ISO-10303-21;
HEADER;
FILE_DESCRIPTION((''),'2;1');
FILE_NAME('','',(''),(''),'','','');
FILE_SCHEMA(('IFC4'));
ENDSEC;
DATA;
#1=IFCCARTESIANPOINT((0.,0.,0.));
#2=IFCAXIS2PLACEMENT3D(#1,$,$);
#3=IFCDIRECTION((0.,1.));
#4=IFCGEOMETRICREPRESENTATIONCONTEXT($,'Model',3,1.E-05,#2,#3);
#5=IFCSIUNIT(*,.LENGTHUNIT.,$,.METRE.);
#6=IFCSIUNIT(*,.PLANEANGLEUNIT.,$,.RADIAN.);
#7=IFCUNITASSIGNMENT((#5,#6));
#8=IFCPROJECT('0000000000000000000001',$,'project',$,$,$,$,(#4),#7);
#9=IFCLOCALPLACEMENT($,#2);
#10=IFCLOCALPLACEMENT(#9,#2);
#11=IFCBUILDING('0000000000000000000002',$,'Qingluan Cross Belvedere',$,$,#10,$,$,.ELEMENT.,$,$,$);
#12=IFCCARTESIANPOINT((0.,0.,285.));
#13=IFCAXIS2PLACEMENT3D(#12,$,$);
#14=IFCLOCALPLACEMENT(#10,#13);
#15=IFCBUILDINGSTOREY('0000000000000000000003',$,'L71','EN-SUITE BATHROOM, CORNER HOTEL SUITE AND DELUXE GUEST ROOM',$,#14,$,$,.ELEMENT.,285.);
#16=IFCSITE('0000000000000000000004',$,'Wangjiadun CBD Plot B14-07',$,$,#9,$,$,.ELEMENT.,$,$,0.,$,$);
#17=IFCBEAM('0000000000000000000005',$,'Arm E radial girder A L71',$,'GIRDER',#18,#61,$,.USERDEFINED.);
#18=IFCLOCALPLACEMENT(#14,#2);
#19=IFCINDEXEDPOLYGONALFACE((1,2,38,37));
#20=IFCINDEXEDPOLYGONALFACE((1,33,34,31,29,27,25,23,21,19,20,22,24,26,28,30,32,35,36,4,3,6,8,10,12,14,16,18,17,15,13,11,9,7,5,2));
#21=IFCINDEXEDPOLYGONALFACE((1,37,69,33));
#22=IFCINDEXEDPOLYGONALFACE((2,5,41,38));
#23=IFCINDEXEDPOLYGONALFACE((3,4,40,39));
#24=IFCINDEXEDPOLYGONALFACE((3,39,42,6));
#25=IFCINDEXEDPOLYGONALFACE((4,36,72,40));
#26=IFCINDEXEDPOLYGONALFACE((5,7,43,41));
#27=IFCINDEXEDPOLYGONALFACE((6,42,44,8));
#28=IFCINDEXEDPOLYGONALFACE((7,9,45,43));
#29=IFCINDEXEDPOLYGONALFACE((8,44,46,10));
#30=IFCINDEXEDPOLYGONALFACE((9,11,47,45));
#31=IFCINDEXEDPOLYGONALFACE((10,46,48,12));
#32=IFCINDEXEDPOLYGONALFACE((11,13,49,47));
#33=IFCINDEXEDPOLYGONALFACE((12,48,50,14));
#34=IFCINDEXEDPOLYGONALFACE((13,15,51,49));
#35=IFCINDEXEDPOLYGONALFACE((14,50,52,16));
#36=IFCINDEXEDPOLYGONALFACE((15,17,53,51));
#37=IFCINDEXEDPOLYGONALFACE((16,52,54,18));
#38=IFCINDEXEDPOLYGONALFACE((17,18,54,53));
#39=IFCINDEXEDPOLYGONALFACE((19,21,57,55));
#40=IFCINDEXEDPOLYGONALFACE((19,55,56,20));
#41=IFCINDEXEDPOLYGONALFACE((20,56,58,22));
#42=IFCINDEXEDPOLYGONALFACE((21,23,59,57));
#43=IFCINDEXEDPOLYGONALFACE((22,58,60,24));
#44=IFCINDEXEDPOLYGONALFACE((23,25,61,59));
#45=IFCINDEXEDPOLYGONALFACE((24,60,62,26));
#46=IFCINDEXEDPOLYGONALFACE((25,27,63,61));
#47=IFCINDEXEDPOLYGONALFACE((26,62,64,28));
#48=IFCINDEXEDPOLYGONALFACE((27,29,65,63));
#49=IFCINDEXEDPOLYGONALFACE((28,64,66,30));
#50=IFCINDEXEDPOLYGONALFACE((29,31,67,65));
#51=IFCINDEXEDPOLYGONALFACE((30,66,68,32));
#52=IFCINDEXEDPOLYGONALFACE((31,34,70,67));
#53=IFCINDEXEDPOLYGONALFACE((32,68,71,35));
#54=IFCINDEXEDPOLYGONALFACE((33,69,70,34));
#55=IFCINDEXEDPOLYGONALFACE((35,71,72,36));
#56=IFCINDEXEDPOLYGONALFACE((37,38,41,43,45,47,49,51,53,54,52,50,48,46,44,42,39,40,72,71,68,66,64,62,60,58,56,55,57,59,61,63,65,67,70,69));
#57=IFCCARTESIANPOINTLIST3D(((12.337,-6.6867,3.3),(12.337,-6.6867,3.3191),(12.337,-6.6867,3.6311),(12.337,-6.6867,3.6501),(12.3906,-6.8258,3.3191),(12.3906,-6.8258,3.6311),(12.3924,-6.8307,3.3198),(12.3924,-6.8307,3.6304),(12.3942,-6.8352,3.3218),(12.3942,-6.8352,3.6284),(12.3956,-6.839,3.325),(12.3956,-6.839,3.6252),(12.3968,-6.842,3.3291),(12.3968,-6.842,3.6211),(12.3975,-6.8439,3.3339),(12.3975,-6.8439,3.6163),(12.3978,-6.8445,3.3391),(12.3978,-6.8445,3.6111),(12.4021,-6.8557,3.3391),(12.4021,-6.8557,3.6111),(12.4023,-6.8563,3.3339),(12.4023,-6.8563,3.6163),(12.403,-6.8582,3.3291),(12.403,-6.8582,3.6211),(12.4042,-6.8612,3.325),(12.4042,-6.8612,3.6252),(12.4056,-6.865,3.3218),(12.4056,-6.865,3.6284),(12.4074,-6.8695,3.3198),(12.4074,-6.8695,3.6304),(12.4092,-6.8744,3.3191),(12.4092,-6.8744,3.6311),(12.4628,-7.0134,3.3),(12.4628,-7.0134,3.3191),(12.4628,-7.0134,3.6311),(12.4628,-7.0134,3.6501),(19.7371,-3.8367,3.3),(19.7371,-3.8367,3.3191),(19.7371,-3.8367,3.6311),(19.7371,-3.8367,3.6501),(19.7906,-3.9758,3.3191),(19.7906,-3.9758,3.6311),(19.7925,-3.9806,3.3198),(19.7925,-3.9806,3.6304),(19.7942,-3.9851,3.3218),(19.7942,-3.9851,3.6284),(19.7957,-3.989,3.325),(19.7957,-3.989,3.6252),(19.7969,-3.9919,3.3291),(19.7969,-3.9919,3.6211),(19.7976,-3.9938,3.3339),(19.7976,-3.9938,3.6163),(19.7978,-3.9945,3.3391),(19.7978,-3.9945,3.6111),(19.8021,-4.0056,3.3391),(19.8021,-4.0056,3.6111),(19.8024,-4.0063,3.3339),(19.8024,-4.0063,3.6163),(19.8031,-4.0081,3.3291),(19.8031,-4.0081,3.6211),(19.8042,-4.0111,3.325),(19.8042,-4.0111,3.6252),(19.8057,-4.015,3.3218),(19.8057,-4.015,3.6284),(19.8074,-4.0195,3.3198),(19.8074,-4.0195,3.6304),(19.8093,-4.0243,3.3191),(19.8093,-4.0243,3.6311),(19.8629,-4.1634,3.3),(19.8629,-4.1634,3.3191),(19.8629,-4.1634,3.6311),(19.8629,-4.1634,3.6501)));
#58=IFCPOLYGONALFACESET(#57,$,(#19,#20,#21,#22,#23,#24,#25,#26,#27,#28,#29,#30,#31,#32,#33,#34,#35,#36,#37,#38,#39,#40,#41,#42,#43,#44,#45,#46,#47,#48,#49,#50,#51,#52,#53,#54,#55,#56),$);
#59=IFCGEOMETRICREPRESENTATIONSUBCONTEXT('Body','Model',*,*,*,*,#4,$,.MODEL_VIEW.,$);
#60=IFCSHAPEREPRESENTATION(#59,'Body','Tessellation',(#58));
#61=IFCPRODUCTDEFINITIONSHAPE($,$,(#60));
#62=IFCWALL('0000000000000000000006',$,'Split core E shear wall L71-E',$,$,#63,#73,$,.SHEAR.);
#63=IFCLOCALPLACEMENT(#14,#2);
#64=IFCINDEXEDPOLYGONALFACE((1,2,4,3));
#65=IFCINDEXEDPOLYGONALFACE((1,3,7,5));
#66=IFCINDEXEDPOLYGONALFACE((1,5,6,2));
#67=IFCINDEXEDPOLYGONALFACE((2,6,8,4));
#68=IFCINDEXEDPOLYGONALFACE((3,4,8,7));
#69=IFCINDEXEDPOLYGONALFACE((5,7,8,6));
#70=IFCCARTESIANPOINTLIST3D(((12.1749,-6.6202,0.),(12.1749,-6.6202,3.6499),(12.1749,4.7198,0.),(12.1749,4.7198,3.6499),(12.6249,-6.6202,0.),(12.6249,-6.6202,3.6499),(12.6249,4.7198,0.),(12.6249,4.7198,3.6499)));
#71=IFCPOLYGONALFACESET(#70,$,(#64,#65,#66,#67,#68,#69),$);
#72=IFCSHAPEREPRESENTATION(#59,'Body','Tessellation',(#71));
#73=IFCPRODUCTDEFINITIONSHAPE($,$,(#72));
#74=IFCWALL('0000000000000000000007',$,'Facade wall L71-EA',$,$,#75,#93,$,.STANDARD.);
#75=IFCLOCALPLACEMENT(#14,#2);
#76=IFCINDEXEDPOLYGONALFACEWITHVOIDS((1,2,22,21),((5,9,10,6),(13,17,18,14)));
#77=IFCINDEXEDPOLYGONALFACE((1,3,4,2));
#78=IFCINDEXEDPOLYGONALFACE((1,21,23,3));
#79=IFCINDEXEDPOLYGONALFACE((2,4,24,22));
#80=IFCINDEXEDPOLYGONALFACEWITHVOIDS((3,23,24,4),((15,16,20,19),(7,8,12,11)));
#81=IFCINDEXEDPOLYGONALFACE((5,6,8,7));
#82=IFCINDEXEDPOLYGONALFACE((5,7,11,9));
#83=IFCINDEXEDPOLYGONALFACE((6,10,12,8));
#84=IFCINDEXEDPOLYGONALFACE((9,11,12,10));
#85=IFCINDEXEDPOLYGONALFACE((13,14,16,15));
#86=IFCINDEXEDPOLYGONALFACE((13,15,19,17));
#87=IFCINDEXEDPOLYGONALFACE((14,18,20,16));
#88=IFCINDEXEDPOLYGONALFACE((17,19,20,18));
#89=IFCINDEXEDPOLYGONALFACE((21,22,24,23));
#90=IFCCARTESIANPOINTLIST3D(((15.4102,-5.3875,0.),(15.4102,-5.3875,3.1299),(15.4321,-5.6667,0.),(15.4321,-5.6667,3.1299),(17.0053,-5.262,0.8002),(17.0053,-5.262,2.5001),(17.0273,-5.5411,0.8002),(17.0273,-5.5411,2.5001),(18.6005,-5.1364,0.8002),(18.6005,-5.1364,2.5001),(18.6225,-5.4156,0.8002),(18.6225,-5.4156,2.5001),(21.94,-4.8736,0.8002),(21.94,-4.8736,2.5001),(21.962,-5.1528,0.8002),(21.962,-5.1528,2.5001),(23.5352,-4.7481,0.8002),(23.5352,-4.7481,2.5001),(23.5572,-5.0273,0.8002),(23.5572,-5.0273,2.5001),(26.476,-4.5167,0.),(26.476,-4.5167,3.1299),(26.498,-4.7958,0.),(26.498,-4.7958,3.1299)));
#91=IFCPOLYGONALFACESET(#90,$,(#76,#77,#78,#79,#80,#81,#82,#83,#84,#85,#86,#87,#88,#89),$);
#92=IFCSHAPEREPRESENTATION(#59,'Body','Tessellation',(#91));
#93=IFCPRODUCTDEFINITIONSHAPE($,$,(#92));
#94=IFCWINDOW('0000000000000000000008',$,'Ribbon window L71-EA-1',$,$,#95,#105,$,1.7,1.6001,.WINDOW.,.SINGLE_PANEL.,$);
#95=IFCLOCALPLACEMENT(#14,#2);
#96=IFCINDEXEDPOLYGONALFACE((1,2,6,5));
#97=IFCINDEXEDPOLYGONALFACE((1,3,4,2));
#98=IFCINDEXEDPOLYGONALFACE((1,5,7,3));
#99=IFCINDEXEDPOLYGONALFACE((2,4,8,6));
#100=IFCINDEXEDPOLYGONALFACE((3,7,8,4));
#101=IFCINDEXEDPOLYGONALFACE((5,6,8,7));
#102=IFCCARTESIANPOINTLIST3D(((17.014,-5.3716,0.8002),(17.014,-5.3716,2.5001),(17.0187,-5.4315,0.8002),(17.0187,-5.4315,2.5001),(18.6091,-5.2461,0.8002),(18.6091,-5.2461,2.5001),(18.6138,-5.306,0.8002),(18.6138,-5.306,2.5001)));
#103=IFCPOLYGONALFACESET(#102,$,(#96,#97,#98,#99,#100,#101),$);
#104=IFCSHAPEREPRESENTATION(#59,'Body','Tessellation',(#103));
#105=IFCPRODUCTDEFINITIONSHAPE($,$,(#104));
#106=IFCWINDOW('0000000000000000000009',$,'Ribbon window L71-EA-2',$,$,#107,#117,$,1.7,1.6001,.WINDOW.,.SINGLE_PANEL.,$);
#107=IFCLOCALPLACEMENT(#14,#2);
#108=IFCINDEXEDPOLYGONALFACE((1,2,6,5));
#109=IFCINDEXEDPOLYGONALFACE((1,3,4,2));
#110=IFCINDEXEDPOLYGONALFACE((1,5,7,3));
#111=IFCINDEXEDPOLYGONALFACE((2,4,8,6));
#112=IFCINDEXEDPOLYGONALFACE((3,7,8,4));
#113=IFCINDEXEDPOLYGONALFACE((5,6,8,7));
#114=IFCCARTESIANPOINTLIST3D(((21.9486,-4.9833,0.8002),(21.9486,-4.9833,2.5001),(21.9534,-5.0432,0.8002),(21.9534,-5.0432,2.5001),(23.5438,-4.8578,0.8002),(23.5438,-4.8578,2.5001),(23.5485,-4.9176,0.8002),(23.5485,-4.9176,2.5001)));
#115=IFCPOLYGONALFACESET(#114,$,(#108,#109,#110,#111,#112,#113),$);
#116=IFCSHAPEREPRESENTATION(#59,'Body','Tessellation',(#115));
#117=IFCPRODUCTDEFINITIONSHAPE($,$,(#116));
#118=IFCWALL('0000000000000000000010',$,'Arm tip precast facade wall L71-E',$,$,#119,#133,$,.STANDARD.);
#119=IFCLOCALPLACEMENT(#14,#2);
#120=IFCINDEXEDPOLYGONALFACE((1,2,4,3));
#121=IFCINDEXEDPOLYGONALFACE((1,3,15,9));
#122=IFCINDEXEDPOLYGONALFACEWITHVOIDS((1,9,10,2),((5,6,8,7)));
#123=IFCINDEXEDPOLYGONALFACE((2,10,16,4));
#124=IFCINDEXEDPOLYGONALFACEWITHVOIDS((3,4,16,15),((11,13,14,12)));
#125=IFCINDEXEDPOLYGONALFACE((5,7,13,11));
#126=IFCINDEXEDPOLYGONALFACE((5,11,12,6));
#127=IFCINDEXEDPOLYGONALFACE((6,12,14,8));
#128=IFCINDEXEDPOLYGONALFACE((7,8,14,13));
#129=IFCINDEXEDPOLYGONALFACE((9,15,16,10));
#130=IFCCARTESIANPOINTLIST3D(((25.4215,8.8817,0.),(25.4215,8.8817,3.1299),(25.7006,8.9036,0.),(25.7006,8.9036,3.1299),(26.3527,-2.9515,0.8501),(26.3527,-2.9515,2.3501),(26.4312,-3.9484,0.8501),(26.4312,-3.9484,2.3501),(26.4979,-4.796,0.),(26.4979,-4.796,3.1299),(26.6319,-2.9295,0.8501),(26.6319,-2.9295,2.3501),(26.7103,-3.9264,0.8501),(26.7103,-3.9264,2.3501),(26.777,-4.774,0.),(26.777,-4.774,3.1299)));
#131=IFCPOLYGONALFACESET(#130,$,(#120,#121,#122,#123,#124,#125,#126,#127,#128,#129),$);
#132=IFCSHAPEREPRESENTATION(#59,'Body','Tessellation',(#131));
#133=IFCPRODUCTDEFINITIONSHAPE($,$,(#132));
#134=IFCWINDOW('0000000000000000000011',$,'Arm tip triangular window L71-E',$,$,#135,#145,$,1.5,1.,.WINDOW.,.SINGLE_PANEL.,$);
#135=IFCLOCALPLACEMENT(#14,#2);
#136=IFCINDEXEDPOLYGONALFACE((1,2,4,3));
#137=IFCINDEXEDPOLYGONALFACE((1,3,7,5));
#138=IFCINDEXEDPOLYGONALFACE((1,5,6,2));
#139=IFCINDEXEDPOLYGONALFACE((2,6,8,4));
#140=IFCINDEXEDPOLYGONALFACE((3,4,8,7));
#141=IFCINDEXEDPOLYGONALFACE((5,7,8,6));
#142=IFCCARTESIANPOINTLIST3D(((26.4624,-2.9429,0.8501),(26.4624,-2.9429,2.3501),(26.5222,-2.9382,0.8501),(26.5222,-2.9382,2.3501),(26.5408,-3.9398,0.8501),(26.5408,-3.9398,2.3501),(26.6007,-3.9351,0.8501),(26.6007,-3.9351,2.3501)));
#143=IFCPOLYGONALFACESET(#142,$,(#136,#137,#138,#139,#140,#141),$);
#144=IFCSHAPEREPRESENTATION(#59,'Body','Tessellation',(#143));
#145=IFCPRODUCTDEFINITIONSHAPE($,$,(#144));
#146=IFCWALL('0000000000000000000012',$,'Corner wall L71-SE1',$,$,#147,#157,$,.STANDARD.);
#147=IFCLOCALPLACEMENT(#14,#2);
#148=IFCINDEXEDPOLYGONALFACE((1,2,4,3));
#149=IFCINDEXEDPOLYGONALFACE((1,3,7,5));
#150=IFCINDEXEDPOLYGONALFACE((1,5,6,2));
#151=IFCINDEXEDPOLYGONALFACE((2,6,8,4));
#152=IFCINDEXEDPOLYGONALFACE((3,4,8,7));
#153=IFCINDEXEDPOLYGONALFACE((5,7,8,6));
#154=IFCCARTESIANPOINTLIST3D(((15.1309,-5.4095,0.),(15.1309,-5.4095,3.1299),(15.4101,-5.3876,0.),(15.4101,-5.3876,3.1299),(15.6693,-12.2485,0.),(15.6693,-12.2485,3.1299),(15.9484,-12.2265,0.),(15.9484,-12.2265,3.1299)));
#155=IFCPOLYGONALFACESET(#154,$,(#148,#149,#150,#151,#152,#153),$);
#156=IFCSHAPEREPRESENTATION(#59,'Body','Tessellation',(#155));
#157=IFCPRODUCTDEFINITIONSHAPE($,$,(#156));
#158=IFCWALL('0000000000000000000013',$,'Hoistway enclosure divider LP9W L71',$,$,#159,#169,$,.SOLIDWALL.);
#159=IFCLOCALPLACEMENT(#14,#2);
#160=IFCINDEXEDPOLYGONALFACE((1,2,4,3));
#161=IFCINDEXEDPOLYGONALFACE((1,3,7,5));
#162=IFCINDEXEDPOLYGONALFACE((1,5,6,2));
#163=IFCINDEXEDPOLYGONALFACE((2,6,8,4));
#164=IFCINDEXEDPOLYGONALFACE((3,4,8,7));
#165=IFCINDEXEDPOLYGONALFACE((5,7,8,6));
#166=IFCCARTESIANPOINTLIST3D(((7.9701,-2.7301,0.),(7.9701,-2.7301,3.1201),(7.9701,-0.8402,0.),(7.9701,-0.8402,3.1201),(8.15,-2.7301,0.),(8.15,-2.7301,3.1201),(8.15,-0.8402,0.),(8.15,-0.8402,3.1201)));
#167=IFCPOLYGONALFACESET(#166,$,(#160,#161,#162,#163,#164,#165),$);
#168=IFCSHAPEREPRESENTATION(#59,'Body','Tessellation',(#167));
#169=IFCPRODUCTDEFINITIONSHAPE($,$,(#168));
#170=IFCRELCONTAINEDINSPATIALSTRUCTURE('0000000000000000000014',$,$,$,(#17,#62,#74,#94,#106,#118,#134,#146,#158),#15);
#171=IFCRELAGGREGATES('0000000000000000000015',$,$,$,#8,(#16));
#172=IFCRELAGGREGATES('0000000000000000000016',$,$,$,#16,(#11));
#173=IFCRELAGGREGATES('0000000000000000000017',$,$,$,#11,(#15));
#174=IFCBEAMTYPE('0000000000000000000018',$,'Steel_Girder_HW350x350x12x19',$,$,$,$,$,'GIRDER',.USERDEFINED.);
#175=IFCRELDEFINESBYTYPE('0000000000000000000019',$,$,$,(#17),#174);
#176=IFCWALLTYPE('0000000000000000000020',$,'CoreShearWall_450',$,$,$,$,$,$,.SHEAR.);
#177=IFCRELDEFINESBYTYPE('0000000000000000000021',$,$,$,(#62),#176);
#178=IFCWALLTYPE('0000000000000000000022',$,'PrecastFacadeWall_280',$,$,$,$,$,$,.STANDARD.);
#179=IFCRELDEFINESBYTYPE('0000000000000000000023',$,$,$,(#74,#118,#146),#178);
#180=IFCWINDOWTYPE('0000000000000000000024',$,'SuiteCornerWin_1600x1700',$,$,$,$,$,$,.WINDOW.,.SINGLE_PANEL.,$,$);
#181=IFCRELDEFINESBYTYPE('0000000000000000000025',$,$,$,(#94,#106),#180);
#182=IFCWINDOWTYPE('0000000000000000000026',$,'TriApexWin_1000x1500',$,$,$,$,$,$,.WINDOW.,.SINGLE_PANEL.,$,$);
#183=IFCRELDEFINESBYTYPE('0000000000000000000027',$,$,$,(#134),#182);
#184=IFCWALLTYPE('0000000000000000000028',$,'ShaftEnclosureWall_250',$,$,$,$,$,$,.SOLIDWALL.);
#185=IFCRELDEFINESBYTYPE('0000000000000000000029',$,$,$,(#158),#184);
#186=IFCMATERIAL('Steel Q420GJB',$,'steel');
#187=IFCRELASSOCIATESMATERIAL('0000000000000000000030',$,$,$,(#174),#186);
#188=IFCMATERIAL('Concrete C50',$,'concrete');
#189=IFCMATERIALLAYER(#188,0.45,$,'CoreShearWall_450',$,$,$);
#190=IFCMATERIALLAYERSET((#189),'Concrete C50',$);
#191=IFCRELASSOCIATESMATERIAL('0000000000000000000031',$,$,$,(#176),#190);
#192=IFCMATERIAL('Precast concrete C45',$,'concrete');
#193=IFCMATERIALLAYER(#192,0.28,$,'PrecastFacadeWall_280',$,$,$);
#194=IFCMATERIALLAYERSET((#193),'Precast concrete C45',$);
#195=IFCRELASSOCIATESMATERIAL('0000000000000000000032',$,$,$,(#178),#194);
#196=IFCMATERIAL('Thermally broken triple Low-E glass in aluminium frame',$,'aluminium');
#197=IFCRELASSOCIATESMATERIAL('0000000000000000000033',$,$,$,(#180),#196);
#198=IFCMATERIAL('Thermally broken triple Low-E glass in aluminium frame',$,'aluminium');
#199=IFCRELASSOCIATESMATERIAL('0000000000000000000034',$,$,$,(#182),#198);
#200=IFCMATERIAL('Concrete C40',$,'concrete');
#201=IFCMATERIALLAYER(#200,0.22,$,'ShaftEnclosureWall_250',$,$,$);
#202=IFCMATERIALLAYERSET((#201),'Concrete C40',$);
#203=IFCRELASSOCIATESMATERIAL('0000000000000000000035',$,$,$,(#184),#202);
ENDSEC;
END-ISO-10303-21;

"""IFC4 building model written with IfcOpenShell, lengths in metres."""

from ifc_helpers import new_model, si_unit, direction, frame, frame_2d, origin, origin_2d, place, context, subcontext, project, spatial, rectangle, i_section, extrude, material, layer, layer_set, material_profile, profile_set, type_object, element, fill, save


model = new_model("IFC4")

# Units and contexts
model_context = context("Model", 3, precision=1e-05, world=origin(), true_north=direction((0.0, 1.0)))
body_context = subcontext(model_context, "Body", "Model", "MODEL_VIEW")
ifc_project = project(units=[si_unit("LENGTHUNIT", "METRE"), si_unit("PLANEANGLEUNIT", "RADIAN")], contexts=[model_context])

# Site, building, storey
site_placement = place(None, origin())
site = spatial("IfcSite", under=ifc_project, at=site_placement, Name="Wangjiadun CBD Plot B14-07", CompositionType="ELEMENT", RefElevation=0.0)
building_placement = place(site_placement, origin())
building = spatial("IfcBuilding", under=site, at=building_placement, Name="Qingluan Cross Belvedere", CompositionType="ELEMENT")
storey_placement = place(building_placement, frame((0.0, 0.0, 285.0)))
storey = spatial("IfcBuildingStorey", under=building, at=storey_placement, Name="L71", Description="EN-SUITE BATHROOM, CORNER HOTEL SUITE AND DELUXE GUEST ROOM", CompositionType="ELEMENT", Elevation=285.0)

# Beam
ifc_material_1 = material(Name="Steel Q420GJB", Category="steel")
ifc_material_profile_1 = material_profile(ifc_material_1, i_section(OverallWidth=0.3501, OverallDepth=0.3501, WebThickness=0.012, FlangeThickness=0.019, FilletRadius=0.02, at=origin_2d()), Name="HW350x350x12x19")
ifc_profile_set_1 = profile_set([ifc_material_profile_1], Name="Steel Q420GJB")
beam_type_1 = type_object("IfcBeamType", Name="Steel_Girder_HW350x350x12x19", ElementType="GIRDER", PredefinedType="USERDEFINED", material=ifc_profile_set_1)
beam_1_placement = place(storey_placement, frame((12.3999, -6.8501, 3.4751), z_axis=(0.933181, 0.359406, 0.0), x_axis=(-0.359406, 0.933181, 0.0)))
element("IfcBeam", 1, at=beam_1_placement, inside=storey, type_object=beam_type_1, Name="Arm E radial girder A L71", ObjectType="GIRDER", PredefinedType="USERDEFINED", context=body_context, shape_type="SweptSolid", body=[
    extrude(i_section(OverallWidth=0.3501, OverallDepth=0.3501, WebThickness=0.012, FlangeThickness=0.019, FilletRadius=0.02, at=origin_2d()), origin(), (0.0, 0.0, 1.0), 7.9299),
])

# Wall
ifc_material_2 = material(Name="Concrete C50", Category="concrete")
ifc_layer_1 = layer(ifc_material_2, 0.45, Name="CoreShearWall_450")
ifc_layer_set_1 = layer_set([ifc_layer_1], Name="Concrete C50")
wall_type_1 = type_object("IfcWallType", Name="CoreShearWall_450", PredefinedType="SHEAR", material=ifc_layer_set_1)
wall_1_placement = place(storey_placement, frame((12.3999, -6.6201, 0.0), z_axis=(0.0, 0.0, 1.0), x_axis=(0.0, 1.0, 0.0)))
element("IfcWall", 2, at=wall_1_placement, inside=storey, type_object=wall_type_1, Name="Split core E shear wall L71-E", PredefinedType="SHEAR", context=body_context, shape_type="SweptSolid", body=[
    extrude(rectangle(XDim=11.3401, YDim=0.45, at=frame_2d((5.6699, 0.0))), origin(), (0.0, 0.0, 1.0), 3.6499),
])

# Wall, openings, windows
ifc_material_3 = material(Name="Precast concrete C45", Category="concrete")
ifc_layer_2 = layer(ifc_material_3, 0.28, Name="PrecastFacadeWall_280")
ifc_layer_set_2 = layer_set([ifc_layer_2], Name="Precast concrete C45")
wall_type_2 = type_object("IfcWallType", Name="PrecastFacadeWall_280", PredefinedType="STANDARD", material=ifc_layer_set_2)
wall_2_placement = place(storey_placement, frame((15.4211, -5.5271, 0.0), z_axis=(0.0, 0.0, 1.0), x_axis=(0.996918, 0.078454, 0.0)))
wall_2 = element("IfcWall", 3, at=wall_2_placement, inside=storey, type_object=wall_type_2, Name="Facade wall L71-EA", PredefinedType="STANDARD", context=body_context, shape_type="SweptSolid", body=[
    extrude(rectangle(XDim=11.1001, YDim=0.28, at=frame_2d((5.55, 0.0))), origin(), (0.0, 0.0, 1.0), 3.1299),
])
opening_1_placement = place(wall_2_placement, frame((1.6001, 0.0, 0.8)))
opening_1 = element("IfcOpeningElement", 4, at=opening_1_placement, cuts=wall_2, PredefinedType="OPENING", context=body_context, shape_type="SweptSolid", body=[
    extrude(rectangle(XDim=1.6001, YDim=1.7, at=frame_2d((0.8, 0.8501))), frame((0.0, 0.1499, 0.0), z_axis=(0.0, -1.0, 0.0), x_axis=(1.0, 0.0, 0.0)), (0.0, 0.0, 1.0), 0.3),
])
opening_2_placement = place(wall_2_placement, frame((6.55, 0.0, 0.8)))
opening_2 = element("IfcOpeningElement", 5, at=opening_2_placement, cuts=wall_2, PredefinedType="OPENING", context=body_context, shape_type="SweptSolid", body=[
    extrude(rectangle(XDim=1.6001, YDim=1.7, at=frame_2d((0.8, 0.8501))), frame((0.0, 0.1499, 0.0), z_axis=(0.0, -1.0, 0.0), x_axis=(1.0, 0.0, 0.0)), (0.0, 0.0, 1.0), 0.3),
])
ifc_material_4 = material(Name="Thermally broken triple Low-E glass in aluminium frame", Category="aluminium")
window_type_1 = type_object("IfcWindowType", Name="SuiteCornerWin_1600x1700", PartitioningType="SINGLE_PANEL", PredefinedType="WINDOW", material=ifc_material_4)
window_1_placement = place(opening_1_placement, origin())
window_1 = element("IfcWindow", 6, at=window_1_placement, inside=storey, type_object=window_type_1, Name="Ribbon window L71-EA-1", OverallHeight=1.7, OverallWidth=1.6001, PartitioningType="SINGLE_PANEL", PredefinedType="WINDOW", context=body_context, shape_type="SweptSolid", body=[
    extrude(rectangle(XDim=1.6001, YDim=1.7, at=frame_2d((0.8, 0.8501))), frame((0.0, 0.03, 0.0), z_axis=(0.0, -1.0, 0.0), x_axis=(1.0, 0.0, 0.0)), (0.0, 0.0, 1.0), 0.0601),
])
fill(opening_1, window_1)
window_2_placement = place(opening_2_placement, origin())
window_2 = element("IfcWindow", 7, at=window_2_placement, inside=storey, type_object=window_type_1, Name="Ribbon window L71-EA-2", OverallHeight=1.7, OverallWidth=1.6001, PartitioningType="SINGLE_PANEL", PredefinedType="WINDOW", context=body_context, shape_type="SweptSolid", body=[
    extrude(rectangle(XDim=1.6001, YDim=1.7, at=frame_2d((0.8, 0.8501))), frame((0.0, 0.03, 0.0), z_axis=(0.0, -1.0, 0.0), x_axis=(1.0, 0.0, 0.0)), (0.0, 0.0, 1.0), 0.0601),
])
fill(opening_2, window_2)

# Wall, opening, window
wall_3_placement = place(storey_placement, frame((26.6375, -4.7849, 0.0), z_axis=(0.0, 0.0, 1.0), x_axis=(-0.078456, 0.996918, 0.0)))
wall_3 = element("IfcWall", 8, at=wall_3_placement, inside=storey, type_object=wall_type_2, Name="Arm tip precast facade wall L71-E", PredefinedType="STANDARD", context=body_context, shape_type="SweptSolid", body=[
    extrude(rectangle(XDim=13.72, YDim=0.28, at=frame_2d((6.8599, 0.0))), origin(), (0.0, 0.0, 1.0), 3.1299),
])
opening_3_placement = place(wall_3_placement, frame((0.8501, 0.0, 0.8501)))
opening_3 = element("IfcOpeningElement", 9, at=opening_3_placement, cuts=wall_3, PredefinedType="OPENING", context=body_context, shape_type="SweptSolid", body=[
    extrude(rectangle(XDim=1.0, YDim=1.5, at=frame_2d((0.5, 0.75))), frame((0.0, 0.1499, 0.0), z_axis=(0.0, -1.0, 0.0), x_axis=(1.0, 0.0, 0.0)), (0.0, 0.0, 1.0), 0.3),
])
ifc_material_5 = material(Name="Thermally broken triple Low-E glass in aluminium frame", Category="aluminium")
window_type_2 = type_object("IfcWindowType", Name="TriApexWin_1000x1500", PartitioningType="SINGLE_PANEL", PredefinedType="WINDOW", material=ifc_material_5)
window_3_placement = place(opening_3_placement, origin())
window_3 = element("IfcWindow", 10, at=window_3_placement, inside=storey, type_object=window_type_2, Name="Arm tip triangular window L71-E", OverallHeight=1.5, OverallWidth=1.0, PartitioningType="SINGLE_PANEL", PredefinedType="WINDOW", context=body_context, shape_type="SweptSolid", body=[
    extrude(rectangle(XDim=1.0, YDim=1.5, at=frame_2d((0.5, 0.75))), frame((0.0, 0.03, 0.0), z_axis=(0.0, -1.0, 0.0), x_axis=(1.0, 0.0, 0.0)), (0.0, 0.0, 1.0), 0.0601),
])
fill(opening_3, window_3)

# Walls
wall_4_placement = place(storey_placement, frame((15.2705, -5.3984, 0.0), z_axis=(0.0, 0.0, 1.0), x_axis=(0.078474, -0.996916, 0.0)))
element("IfcWall", 11, at=wall_4_placement, inside=storey, type_object=wall_type_2, Name="Corner wall L71-SE1", PredefinedType="STANDARD", context=body_context, shape_type="SweptSolid", body=[
    extrude(rectangle(XDim=6.8601, YDim=0.28, at=frame_2d((3.4302, 0.0))), origin(), (0.0, 0.0, 1.0), 3.1299),
])
ifc_material_6 = material(Name="Concrete C40", Category="concrete")
ifc_layer_3 = layer(ifc_material_6, 0.22, Name="ShaftEnclosureWall_250")
ifc_layer_set_3 = layer_set([ifc_layer_3], Name="Concrete C40")
wall_type_3 = type_object("IfcWallType", Name="ShaftEnclosureWall_250", PredefinedType="SOLIDWALL", material=ifc_layer_set_3)
wall_5_placement = place(storey_placement, frame((8.0601, -2.73, 0.0), z_axis=(0.0, 0.0, 1.0), x_axis=(0.0, 1.0, 0.0)))
element("IfcWall", 12, at=wall_5_placement, inside=storey, type_object=wall_type_3, Name="Hoistway enclosure divider LP9W L71", PredefinedType="SOLIDWALL", context=body_context, shape_type="SweptSolid", body=[
    extrude(rectangle(XDim=1.8899, YDim=0.1799, at=frame_2d((0.9448, 0.0))), origin(), (0.0, 0.0, 1.0), 3.1201),
])

save(model, "model.ifc")
